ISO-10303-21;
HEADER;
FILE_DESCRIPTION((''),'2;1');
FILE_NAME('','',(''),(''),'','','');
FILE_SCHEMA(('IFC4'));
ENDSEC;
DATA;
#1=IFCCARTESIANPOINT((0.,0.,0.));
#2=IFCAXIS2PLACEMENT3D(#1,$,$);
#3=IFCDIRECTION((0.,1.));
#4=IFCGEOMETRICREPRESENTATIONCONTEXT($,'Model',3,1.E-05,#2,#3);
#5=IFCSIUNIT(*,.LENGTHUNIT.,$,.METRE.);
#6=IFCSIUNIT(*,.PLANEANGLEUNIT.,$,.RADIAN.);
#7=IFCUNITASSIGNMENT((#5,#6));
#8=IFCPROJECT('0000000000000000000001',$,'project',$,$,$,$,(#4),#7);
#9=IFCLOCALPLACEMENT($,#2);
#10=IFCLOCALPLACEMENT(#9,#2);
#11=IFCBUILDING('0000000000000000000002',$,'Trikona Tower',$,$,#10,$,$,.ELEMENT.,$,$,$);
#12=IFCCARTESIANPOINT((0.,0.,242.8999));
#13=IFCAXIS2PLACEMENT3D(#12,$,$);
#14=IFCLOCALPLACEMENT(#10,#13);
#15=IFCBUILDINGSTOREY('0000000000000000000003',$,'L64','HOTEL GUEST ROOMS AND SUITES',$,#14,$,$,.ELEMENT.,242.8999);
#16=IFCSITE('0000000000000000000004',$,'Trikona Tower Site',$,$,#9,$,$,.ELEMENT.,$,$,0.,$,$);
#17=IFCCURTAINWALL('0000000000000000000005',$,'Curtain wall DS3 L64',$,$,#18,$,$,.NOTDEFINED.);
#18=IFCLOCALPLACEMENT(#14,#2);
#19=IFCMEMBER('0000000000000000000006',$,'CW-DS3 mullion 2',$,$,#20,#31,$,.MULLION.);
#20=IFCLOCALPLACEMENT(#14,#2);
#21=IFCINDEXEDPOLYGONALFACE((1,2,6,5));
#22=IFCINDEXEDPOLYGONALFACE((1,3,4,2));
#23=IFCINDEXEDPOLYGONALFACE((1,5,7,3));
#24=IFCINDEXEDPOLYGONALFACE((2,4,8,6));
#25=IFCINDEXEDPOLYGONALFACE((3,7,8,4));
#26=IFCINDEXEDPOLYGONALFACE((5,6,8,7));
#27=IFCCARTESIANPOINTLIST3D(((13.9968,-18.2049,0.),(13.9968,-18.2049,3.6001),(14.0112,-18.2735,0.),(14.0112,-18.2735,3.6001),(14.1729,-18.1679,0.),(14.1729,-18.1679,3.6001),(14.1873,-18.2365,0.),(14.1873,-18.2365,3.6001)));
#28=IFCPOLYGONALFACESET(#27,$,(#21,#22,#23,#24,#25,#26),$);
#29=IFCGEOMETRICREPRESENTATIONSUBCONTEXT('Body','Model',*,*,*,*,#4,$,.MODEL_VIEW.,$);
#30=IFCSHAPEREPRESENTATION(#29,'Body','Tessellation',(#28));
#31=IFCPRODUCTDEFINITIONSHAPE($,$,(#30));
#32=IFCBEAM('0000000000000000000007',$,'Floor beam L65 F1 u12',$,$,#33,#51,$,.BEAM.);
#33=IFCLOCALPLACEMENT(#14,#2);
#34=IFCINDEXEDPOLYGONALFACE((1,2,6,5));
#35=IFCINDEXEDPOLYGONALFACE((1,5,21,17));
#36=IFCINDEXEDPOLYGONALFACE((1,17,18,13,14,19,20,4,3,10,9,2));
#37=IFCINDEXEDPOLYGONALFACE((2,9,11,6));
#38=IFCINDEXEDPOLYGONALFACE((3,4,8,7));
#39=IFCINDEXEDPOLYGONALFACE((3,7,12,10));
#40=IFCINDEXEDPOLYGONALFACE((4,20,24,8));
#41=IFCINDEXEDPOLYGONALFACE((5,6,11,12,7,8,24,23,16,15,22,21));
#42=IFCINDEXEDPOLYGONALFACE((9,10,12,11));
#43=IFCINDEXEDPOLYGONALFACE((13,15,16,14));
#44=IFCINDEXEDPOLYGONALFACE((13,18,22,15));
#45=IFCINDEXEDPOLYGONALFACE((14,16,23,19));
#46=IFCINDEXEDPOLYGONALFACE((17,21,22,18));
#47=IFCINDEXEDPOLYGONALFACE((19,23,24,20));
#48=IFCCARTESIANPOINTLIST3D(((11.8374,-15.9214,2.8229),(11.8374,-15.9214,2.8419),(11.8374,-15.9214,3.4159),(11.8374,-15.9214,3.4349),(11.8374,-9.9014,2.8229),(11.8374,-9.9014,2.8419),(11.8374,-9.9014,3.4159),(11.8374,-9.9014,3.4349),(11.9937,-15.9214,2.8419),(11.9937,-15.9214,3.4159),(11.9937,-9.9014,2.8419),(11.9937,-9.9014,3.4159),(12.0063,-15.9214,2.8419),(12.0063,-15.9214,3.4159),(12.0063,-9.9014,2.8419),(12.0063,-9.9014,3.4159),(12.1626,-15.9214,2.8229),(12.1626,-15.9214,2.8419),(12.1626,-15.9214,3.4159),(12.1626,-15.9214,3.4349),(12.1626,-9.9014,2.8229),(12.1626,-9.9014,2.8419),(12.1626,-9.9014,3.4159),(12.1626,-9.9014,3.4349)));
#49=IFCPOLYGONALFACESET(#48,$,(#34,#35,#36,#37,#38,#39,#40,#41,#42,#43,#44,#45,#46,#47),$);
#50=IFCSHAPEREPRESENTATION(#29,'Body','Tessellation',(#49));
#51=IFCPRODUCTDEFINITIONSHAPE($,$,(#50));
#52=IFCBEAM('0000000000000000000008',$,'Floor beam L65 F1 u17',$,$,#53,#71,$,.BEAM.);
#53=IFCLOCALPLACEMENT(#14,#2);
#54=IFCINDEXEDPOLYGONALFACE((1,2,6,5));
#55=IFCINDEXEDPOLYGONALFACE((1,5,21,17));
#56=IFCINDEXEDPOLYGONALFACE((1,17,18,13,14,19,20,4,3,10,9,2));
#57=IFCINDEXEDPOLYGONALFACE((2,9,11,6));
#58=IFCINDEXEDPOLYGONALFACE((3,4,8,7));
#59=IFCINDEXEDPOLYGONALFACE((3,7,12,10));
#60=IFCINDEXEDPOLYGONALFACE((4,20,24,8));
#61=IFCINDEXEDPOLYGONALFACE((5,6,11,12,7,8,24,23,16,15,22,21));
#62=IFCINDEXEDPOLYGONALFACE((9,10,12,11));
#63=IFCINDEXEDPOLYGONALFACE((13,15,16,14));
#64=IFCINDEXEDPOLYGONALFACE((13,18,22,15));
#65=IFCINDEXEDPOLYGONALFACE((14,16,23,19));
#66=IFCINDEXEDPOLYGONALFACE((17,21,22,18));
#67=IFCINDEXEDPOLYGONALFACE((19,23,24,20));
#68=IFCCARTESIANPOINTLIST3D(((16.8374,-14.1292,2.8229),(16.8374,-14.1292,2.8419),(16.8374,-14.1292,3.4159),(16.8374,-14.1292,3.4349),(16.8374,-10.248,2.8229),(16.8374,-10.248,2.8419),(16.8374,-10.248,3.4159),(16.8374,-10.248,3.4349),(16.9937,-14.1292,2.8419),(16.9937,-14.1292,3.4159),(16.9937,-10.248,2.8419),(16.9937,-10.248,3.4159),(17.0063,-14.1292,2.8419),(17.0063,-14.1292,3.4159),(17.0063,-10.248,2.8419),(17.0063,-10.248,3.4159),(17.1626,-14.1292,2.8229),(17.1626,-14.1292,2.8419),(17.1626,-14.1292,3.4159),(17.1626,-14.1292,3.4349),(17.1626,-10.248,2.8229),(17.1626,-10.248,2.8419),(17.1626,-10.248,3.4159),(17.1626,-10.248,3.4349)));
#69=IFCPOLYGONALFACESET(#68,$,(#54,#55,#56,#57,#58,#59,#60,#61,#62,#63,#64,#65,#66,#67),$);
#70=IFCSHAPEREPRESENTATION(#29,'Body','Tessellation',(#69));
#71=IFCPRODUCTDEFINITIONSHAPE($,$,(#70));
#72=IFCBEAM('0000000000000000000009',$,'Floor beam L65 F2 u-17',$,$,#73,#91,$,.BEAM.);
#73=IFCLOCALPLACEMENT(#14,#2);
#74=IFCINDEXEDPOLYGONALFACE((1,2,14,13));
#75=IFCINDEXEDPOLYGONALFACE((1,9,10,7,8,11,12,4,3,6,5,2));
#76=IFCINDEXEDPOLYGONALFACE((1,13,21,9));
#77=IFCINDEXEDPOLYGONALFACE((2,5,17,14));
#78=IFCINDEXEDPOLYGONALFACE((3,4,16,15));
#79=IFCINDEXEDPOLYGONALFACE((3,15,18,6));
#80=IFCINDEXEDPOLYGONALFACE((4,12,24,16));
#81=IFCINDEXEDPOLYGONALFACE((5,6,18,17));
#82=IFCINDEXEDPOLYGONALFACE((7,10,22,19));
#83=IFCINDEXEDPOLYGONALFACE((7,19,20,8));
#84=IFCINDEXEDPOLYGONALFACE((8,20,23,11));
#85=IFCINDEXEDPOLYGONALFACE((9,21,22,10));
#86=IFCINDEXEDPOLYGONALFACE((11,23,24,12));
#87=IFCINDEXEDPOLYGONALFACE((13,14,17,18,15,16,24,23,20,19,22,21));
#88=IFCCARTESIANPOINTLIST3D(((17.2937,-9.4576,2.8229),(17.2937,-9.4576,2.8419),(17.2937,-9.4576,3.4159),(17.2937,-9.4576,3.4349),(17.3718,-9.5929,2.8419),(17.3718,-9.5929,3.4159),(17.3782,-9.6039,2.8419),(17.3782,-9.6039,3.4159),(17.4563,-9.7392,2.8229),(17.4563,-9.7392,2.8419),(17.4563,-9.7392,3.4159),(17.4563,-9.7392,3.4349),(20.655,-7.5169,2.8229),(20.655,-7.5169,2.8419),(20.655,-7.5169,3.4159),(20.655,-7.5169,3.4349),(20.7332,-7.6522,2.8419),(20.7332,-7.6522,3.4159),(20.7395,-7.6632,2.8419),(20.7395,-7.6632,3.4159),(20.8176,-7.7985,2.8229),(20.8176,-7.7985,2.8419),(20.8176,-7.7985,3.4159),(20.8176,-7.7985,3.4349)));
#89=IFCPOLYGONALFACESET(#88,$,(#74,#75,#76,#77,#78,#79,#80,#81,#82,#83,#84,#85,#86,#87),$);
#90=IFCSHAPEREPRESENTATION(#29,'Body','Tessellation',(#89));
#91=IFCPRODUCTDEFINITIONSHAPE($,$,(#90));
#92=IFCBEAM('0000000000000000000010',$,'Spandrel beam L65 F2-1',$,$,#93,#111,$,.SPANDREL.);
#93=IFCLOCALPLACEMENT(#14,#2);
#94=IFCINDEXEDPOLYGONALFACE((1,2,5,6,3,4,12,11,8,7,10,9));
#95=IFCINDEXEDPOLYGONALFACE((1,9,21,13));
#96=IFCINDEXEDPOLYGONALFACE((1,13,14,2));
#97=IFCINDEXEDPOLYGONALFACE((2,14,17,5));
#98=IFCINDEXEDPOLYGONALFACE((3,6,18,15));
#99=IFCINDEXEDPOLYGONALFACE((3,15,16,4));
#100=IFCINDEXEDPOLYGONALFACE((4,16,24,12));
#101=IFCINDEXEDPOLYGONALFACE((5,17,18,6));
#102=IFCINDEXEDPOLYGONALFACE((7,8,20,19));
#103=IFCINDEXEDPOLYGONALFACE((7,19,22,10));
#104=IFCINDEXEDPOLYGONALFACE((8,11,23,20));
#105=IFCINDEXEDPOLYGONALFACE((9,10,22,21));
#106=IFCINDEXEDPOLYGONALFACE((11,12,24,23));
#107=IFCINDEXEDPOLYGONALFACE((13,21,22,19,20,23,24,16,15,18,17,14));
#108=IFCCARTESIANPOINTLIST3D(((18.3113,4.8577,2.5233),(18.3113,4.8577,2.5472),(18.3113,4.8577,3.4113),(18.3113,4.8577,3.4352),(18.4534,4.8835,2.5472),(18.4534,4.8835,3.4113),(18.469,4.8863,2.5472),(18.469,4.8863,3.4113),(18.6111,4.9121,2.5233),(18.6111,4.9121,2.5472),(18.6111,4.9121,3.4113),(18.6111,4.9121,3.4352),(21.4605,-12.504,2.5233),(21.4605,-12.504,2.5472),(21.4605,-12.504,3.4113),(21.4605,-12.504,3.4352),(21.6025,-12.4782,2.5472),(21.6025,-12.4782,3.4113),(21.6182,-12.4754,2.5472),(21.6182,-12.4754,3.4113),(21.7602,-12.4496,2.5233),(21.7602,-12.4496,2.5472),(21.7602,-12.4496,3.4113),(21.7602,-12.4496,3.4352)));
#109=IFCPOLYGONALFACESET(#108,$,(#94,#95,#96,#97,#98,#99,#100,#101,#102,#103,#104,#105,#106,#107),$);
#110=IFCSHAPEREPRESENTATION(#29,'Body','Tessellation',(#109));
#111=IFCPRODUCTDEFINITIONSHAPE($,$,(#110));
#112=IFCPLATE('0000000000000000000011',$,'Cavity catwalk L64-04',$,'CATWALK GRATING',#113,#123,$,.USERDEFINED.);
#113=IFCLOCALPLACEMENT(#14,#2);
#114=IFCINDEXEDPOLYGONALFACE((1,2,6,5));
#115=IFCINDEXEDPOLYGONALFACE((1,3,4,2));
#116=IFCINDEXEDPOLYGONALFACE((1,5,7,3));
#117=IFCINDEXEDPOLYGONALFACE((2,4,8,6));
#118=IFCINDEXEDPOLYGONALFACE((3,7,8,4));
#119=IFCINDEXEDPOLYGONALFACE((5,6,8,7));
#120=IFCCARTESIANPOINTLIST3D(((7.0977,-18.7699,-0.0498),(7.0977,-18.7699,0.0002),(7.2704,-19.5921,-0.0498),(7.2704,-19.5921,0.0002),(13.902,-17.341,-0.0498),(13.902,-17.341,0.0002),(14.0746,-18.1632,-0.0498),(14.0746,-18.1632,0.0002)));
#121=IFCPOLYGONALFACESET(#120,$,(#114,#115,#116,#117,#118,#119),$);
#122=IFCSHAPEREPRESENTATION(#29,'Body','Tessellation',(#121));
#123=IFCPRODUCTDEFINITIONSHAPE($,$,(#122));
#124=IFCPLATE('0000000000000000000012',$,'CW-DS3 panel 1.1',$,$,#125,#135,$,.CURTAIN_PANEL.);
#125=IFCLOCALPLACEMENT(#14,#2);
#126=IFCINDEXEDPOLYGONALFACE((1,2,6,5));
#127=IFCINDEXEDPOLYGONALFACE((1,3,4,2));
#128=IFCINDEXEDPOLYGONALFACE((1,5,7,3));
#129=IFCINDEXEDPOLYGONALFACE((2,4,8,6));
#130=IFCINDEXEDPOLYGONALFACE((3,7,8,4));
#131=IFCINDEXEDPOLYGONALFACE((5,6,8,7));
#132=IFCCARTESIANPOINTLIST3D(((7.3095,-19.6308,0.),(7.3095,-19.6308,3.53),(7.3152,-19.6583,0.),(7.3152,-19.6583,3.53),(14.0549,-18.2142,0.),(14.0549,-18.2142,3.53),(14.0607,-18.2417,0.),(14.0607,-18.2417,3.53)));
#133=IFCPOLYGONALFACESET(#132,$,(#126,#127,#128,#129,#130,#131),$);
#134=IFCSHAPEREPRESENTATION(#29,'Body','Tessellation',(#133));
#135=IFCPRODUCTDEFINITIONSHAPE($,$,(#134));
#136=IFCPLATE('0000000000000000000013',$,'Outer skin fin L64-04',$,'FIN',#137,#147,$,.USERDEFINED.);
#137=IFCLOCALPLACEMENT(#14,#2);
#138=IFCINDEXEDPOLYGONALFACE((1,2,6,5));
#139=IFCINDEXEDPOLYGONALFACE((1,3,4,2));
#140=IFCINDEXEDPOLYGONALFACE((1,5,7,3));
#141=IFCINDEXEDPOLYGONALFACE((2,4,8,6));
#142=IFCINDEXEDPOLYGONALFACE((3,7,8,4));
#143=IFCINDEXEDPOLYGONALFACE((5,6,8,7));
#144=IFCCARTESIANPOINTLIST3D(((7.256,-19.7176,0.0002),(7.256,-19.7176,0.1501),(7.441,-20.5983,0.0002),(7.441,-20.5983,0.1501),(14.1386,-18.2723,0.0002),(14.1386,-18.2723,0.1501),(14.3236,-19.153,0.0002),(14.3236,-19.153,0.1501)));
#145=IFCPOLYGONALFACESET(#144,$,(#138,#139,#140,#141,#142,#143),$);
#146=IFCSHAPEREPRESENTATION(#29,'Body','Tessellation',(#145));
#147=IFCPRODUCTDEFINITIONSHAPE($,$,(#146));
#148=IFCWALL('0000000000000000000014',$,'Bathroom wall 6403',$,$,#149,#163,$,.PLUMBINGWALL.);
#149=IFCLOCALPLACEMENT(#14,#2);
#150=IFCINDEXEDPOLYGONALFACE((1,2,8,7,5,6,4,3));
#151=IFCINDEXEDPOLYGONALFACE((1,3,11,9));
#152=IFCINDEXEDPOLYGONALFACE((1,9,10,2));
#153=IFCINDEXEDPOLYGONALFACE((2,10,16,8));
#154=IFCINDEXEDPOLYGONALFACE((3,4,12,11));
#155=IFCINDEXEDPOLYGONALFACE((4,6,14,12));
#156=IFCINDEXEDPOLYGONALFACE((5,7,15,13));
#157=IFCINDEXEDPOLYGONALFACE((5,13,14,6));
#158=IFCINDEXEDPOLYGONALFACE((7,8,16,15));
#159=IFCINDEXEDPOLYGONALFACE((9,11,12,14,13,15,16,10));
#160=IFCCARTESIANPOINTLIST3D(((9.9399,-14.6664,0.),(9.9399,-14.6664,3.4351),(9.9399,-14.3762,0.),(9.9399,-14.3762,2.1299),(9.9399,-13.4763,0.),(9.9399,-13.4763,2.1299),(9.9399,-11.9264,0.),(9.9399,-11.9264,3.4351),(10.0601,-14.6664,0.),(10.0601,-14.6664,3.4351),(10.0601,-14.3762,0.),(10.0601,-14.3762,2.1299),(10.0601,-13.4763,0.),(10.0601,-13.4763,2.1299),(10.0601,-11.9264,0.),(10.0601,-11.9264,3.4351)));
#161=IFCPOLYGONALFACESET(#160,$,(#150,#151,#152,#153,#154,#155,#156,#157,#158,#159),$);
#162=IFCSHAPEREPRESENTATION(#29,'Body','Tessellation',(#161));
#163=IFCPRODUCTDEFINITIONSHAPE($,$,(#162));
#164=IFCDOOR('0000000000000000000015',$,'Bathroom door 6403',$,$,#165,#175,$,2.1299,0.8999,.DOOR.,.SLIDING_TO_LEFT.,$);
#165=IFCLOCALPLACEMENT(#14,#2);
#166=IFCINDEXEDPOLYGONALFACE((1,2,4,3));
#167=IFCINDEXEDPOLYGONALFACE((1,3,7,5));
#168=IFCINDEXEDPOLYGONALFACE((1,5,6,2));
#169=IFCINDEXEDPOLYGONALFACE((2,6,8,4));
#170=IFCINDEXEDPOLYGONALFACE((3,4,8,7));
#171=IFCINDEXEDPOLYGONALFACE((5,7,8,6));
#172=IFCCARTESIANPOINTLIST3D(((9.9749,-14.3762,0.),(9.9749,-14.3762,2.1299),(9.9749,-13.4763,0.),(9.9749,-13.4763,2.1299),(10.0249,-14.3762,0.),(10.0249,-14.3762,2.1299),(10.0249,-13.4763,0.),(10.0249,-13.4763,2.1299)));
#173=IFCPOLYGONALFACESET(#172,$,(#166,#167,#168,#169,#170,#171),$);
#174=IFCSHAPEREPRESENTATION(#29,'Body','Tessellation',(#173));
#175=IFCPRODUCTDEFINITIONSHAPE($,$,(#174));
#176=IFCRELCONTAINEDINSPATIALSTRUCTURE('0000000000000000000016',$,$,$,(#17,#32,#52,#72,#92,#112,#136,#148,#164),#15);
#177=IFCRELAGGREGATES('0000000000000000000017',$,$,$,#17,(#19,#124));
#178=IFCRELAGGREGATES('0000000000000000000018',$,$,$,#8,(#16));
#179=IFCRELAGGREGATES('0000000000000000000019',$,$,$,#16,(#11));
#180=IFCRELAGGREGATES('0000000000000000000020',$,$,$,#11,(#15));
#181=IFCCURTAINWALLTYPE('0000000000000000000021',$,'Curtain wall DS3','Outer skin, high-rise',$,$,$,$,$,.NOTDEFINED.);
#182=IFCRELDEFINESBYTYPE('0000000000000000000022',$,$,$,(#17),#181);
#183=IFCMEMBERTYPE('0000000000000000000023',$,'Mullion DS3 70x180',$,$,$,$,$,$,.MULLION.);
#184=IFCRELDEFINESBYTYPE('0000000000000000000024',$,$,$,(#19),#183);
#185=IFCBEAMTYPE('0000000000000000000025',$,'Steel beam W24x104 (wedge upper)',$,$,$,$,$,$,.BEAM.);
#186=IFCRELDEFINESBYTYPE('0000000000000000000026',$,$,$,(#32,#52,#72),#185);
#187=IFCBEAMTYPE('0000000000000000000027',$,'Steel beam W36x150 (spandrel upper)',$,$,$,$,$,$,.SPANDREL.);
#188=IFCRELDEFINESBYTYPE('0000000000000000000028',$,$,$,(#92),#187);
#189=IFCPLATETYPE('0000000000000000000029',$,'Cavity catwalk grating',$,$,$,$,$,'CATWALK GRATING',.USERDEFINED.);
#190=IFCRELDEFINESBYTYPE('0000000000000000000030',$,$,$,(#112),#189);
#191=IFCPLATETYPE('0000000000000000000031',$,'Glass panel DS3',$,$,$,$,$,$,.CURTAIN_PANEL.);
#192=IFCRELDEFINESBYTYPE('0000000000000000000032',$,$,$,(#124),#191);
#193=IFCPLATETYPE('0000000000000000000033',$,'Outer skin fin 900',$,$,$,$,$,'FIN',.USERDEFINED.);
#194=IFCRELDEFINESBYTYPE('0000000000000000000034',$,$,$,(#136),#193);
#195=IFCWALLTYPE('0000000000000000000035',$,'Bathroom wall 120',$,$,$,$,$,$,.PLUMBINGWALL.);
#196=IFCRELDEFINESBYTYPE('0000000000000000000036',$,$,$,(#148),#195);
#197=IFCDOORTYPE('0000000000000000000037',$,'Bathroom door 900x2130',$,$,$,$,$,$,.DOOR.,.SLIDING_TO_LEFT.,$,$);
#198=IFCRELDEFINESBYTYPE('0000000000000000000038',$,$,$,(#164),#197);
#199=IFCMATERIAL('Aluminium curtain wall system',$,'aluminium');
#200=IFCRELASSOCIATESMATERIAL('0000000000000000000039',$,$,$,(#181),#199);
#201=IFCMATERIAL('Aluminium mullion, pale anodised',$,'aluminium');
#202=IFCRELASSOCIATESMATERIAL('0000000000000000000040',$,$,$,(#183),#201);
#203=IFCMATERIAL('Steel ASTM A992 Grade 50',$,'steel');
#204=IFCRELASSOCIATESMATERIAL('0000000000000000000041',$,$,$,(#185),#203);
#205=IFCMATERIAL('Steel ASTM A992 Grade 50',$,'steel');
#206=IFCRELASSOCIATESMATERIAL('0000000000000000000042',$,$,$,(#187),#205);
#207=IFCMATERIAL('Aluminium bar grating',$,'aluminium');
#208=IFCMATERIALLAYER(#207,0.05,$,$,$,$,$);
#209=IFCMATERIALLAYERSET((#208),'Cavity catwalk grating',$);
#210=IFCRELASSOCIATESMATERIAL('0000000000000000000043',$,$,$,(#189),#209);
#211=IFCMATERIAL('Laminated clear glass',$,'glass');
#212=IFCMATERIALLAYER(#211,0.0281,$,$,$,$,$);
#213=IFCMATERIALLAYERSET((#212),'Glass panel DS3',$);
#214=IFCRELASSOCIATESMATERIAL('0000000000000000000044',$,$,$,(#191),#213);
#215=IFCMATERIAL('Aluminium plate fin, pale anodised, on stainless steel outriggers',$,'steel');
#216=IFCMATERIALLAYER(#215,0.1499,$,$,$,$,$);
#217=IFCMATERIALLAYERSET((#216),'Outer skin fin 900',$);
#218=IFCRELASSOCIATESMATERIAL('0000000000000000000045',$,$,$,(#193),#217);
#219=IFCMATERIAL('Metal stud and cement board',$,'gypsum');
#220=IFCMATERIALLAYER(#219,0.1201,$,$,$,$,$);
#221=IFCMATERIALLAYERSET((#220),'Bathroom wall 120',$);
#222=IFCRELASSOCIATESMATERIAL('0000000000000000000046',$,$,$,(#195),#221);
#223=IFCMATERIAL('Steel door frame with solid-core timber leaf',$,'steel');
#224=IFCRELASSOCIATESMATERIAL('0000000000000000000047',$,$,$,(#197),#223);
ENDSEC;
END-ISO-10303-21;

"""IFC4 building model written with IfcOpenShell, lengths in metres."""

from ifc_helpers import new_model, si_unit, direction, frame, frame_2d, origin, origin_2d, place, context, subcontext, project, spatial, rectangle, i_section, extrude, material, layer, layer_set, material_profile, profile_set, type_object, element, fill, aggregate, save


model = new_model("IFC4")

# Units and contexts
model_context = context("Model", 3, precision=1e-05, world=origin(), true_north=direction((0.0, 1.0)))
body_context = subcontext(model_context, "Body", "Model", "MODEL_VIEW")
ifc_project = project(units=[si_unit("LENGTHUNIT", "METRE"), si_unit("PLANEANGLEUNIT", "RADIAN")], contexts=[model_context])

# Site, building, storey
site_placement = place(None, origin())
site = spatial("IfcSite", under=ifc_project, at=site_placement, Name="Trikona Tower Site", CompositionType="ELEMENT", RefElevation=0.0)
building_placement = place(site_placement, origin())
building = spatial("IfcBuilding", under=site, at=building_placement, Name="Trikona Tower", CompositionType="ELEMENT")
storey_placement = place(building_placement, frame((0.0, 0.0, 242.8999)))
storey = spatial("IfcBuildingStorey", under=building, at=storey_placement, Name="L64", Description="HOTEL GUEST ROOMS AND SUITES", CompositionType="ELEMENT", Elevation=242.8999)

# Curtain wall, member
ifc_material_1 = material(Name="Aluminium curtain wall system", Category="aluminium")
curtain_wall_type = type_object("IfcCurtainWallType", Name="Curtain wall DS3", Description="Outer skin, high-rise", PredefinedType="NOTDEFINED", material=ifc_material_1)
curtain_wall_placement = place(storey_placement, origin())
curtain_wall = element("IfcCurtainWall", 1, at=curtain_wall_placement, inside=storey, type_object=curtain_wall_type, Name="Curtain wall DS3 L64", PredefinedType="NOTDEFINED")
ifc_material_2 = material(Name="Aluminium mullion, pale anodised", Category="aluminium")
ifc_material_profile_1 = material_profile(ifc_material_2, rectangle(XDim=0.0701, YDim=0.1799, at=origin_2d()), Name="MUL-DS3")
ifc_profile_set_1 = profile_set([ifc_material_profile_1], Name="Aluminium mullion, pale anodised")
member_type = type_object("IfcMemberType", Name="Mullion DS3 70x180", PredefinedType="MULLION", material=ifc_profile_set_1)
member_placement = place(storey_placement, frame((14.092, -18.2207, 0.0), z_axis=(0.0, 0.0, 1.0), x_axis=(-0.205527, 0.978651, 0.0)))
member = element("IfcMember", 2, at=member_placement, type_object=member_type, Name="CW-DS3 mullion 2", PredefinedType="MULLION", context=body_context, shape_type="SweptSolid", body=[
    extrude(rectangle(XDim=0.0701, YDim=0.1799, at=origin_2d()), origin(), (0.0, 0.0, 1.0), 3.6001),
])

# Beams
ifc_material_3 = material(Name="Steel ASTM A992 Grade 50", Category="steel")
ifc_material_profile_2 = material_profile(ifc_material_3, i_section(OverallWidth=0.3252, OverallDepth=0.6121, WebThickness=0.0127, FlangeThickness=0.019, at=origin_2d()), Name="W24X104")
ifc_profile_set_2 = profile_set([ifc_material_profile_2], Name="Steel ASTM A992 Grade 50")
beam_type_1 = type_object("IfcBeamType", Name="Steel beam W24x104 (wedge upper)", PredefinedType="BEAM", material=ifc_profile_set_2)
beam_1_placement = place(storey_placement, frame((12.0, -9.9014, 3.1289), z_axis=(0.0, -1.0, 0.0), x_axis=(1.0, 0.0, 0.0)))
element("IfcBeam", 3, at=beam_1_placement, inside=storey, type_object=beam_type_1, Name="Floor beam L65 F1 u12", PredefinedType="BEAM", context=body_context, shape_type="SweptSolid", body=[
    extrude(i_section(OverallWidth=0.3252, OverallDepth=0.6121, WebThickness=0.0127, FlangeThickness=0.019, at=origin_2d()), origin(), (0.0, 0.0, 1.0), 6.02),
])
beam_2_placement = place(storey_placement, frame((17.0, -10.248, 3.1289), z_axis=(0.0, -1.0, 0.0), x_axis=(1.0, 0.0, 0.0)))
element("IfcBeam", 4, at=beam_2_placement, inside=storey, type_object=beam_type_1, Name="Floor beam L65 F1 u17", PredefinedType="BEAM", context=body_context, shape_type="SweptSolid", body=[
    extrude(i_section(OverallWidth=0.3252, OverallDepth=0.6121, WebThickness=0.0127, FlangeThickness=0.019, at=origin_2d()), origin(), (0.0, 0.0, 1.0), 3.8811),
])
beam_3_placement = place(storey_placement, frame((17.375, -9.5984, 3.1289), z_axis=(0.866024, 0.500002, 0.0), x_axis=(-0.500002, 0.866024, 0.0)))
element("IfcBeam", 5, at=beam_3_placement, inside=storey, type_object=beam_type_1, Name="Floor beam L65 F2 u-17", PredefinedType="BEAM", context=body_context, shape_type="SweptSolid", body=[
    extrude(i_section(OverallWidth=0.3252, OverallDepth=0.6121, WebThickness=0.0127, FlangeThickness=0.019, at=origin_2d()), origin(), (0.0, 0.0, 1.0), 3.8813),
])
ifc_material_4 = material(Name="Steel ASTM A992 Grade 50", Category="steel")
ifc_material_profile_3 = material_profile(ifc_material_4, i_section(OverallWidth=0.3047, OverallDepth=0.9119, WebThickness=0.0159, FlangeThickness=0.0239, at=origin_2d()), Name="W36X150")
ifc_profile_set_3 = profile_set([ifc_material_profile_3], Name="Steel ASTM A992 Grade 50")
beam_type_2 = type_object("IfcBeamType", Name="Steel beam W36x150 (spandrel upper)", PredefinedType="SPANDREL", material=ifc_profile_set_3)
beam_4_placement = place(storey_placement, frame((21.6104, -12.4768, 2.9792), z_axis=(-0.178473, 0.983945, 0.0), x_axis=(-0.983945, -0.178473, 0.0)))
element("IfcBeam", 6, at=beam_4_placement, inside=storey, type_object=beam_type_2, Name="Spandrel beam L65 F2-1", PredefinedType="SPANDREL", context=body_context, shape_type="SweptSolid", body=[
    extrude(i_section(OverallWidth=0.3047, OverallDepth=0.9119, WebThickness=0.0159, FlangeThickness=0.0239, at=origin_2d()), origin(), (0.0, 0.0, 1.0), 17.645),
])

# Plates
ifc_material_5 = material(Name="Aluminium bar grating", Category="aluminium")
ifc_layer_1 = layer(ifc_material_5, 0.05)
ifc_layer_set_1 = layer_set([ifc_layer_1], Name="Cavity catwalk grating")
plate_type_1 = type_object("IfcPlateType", Name="Cavity catwalk grating", ElementType="CATWALK GRATING", PredefinedType="USERDEFINED", material=ifc_layer_set_1)
plate_1_placement = place(storey_placement, frame((10.5862, -18.4666, -0.0498), z_axis=(0.0, 0.0, 1.0), x_axis=(0.978653, 0.205518, 0.0)))
element("IfcPlate", 7, at=plate_1_placement, inside=storey, type_object=plate_type_1, Name="Cavity catwalk L64-04", ObjectType="CATWALK GRATING", PredefinedType="USERDEFINED", context=body_context, shape_type="SweptSolid", body=[
    extrude(rectangle(XDim=6.9526, YDim=0.8401, at=origin_2d()), origin(), (0.0, 0.0, 1.0), 0.05),
])
ifc_material_6 = material(Name="Laminated clear glass", Category="glass")
ifc_layer_2 = layer(ifc_material_6, 0.0281)
ifc_layer_set_2 = layer_set([ifc_layer_2], Name="Glass panel DS3")
plate_type_2 = type_object("IfcPlateType", Name="Glass panel DS3", PredefinedType="CURTAIN_PANEL", material=ifc_layer_set_2)
plate_2_placement = place(storey_placement, frame((10.6851, -18.9363, 0.0), z_axis=(0.0, 0.0, 1.0), x_axis=(0.978651, 0.205527, 0.0)))
plate_2 = element("IfcPlate", 8, at=plate_2_placement, type_object=plate_type_2, Name="CW-DS3 panel 1.1", PredefinedType="CURTAIN_PANEL", context=body_context, shape_type="SweptSolid", body=[
    extrude(rectangle(XDim=6.8926, YDim=0.0281, at=origin_2d()), origin(), (0.0, 0.0, 1.0), 3.53),
])
aggregate(curtain_wall, [member, plate_2])
ifc_material_7 = material(Name="Aluminium plate fin, pale anodised, on stainless steel outriggers", Category="steel")
ifc_layer_3 = layer(ifc_material_7, 0.1499)
ifc_layer_set_3 = layer_set([ifc_layer_3], Name="Outer skin fin 900")
plate_type_3 = type_object("IfcPlateType", Name="Outer skin fin 900", ElementType="FIN", PredefinedType="USERDEFINED", material=ifc_layer_set_3)
plate_3_placement = place(storey_placement, frame((10.7898, -19.4353, 0.0002), z_axis=(0.0, 0.0, 1.0), x_axis=(0.978653, 0.205518, 0.0)))
element("IfcPlate", 9, at=plate_3_placement, inside=storey, type_object=plate_type_3, Name="Outer skin fin L64-04", ObjectType="FIN", PredefinedType="USERDEFINED", context=body_context, shape_type="SweptSolid", body=[
    extrude(rectangle(XDim=7.0327, YDim=0.8999, at=origin_2d()), origin(), (0.0, 0.0, 1.0), 0.1499),
])

# Wall, opening, door
ifc_material_8 = material(Name="Metal stud and cement board", Category="gypsum")
ifc_layer_4 = layer(ifc_material_8, 0.1201)
ifc_layer_set_4 = layer_set([ifc_layer_4], Name="Bathroom wall 120")
wall_type_1 = type_object("IfcWallType", Name="Bathroom wall 120", PredefinedType="PLUMBINGWALL", material=ifc_layer_set_4)
wall_1_placement = place(storey_placement, frame((10.0, -11.9263, 0.0), z_axis=(0.0, 0.0, 1.0), x_axis=(0.0, -1.0, 0.0)))
wall_1 = element("IfcWall", 10, at=wall_1_placement, inside=storey, type_object=wall_type_1, Name="Bathroom wall 6403", PredefinedType="PLUMBINGWALL", context=body_context, shape_type="SweptSolid", body=[
    extrude(rectangle(XDim=2.74, YDim=0.1201, at=frame_2d((1.3701, 0.0))), origin(), (0.0, 0.0, 1.0), 3.4351),
])
opening_1_placement = place(wall_1_placement, frame((1.55, 0.0, 0.0)))
opening_1 = element("IfcOpeningElement", 11, at=opening_1_placement, cuts=wall_1, PredefinedType="OPENING", context=body_context, shape_type="SweptSolid", body=[
    extrude(rectangle(XDim=0.8999, YDim=2.1299, at=frame_2d((0.45, 1.0649))), frame((0.0, 0.0701, 0.0), z_axis=(0.0, -1.0, 0.0), x_axis=(1.0, 0.0, 0.0)), (0.0, 0.0, 1.0), 0.1401),
])
ifc_material_9 = material(Name="Steel door frame with solid-core timber leaf", Category="steel")
door_type_1 = type_object("IfcDoorType", Name="Bathroom door 900x2130", OperationType="SLIDING_TO_LEFT", PredefinedType="DOOR", material=ifc_material_9)
door_1_placement = place(opening_1_placement, origin())
door_1 = element("IfcDoor", 12, at=door_1_placement, inside=storey, type_object=door_type_1, Name="Bathroom door 6403", OperationType="SLIDING_TO_LEFT", OverallHeight=2.1299, OverallWidth=0.8999, PredefinedType="DOOR", context=body_context, shape_type="SweptSolid", body=[
    extrude(rectangle(XDim=0.8999, YDim=2.1299, at=frame_2d((0.45, 1.0649))), frame((0.0, 0.0249, 0.0), z_axis=(0.0, -1.0, 0.0), x_axis=(1.0, 0.0, 0.0)), (0.0, 0.0, 1.0), 0.05),
])
fill(opening_1, door_1)

save(model, "model.ifc")
